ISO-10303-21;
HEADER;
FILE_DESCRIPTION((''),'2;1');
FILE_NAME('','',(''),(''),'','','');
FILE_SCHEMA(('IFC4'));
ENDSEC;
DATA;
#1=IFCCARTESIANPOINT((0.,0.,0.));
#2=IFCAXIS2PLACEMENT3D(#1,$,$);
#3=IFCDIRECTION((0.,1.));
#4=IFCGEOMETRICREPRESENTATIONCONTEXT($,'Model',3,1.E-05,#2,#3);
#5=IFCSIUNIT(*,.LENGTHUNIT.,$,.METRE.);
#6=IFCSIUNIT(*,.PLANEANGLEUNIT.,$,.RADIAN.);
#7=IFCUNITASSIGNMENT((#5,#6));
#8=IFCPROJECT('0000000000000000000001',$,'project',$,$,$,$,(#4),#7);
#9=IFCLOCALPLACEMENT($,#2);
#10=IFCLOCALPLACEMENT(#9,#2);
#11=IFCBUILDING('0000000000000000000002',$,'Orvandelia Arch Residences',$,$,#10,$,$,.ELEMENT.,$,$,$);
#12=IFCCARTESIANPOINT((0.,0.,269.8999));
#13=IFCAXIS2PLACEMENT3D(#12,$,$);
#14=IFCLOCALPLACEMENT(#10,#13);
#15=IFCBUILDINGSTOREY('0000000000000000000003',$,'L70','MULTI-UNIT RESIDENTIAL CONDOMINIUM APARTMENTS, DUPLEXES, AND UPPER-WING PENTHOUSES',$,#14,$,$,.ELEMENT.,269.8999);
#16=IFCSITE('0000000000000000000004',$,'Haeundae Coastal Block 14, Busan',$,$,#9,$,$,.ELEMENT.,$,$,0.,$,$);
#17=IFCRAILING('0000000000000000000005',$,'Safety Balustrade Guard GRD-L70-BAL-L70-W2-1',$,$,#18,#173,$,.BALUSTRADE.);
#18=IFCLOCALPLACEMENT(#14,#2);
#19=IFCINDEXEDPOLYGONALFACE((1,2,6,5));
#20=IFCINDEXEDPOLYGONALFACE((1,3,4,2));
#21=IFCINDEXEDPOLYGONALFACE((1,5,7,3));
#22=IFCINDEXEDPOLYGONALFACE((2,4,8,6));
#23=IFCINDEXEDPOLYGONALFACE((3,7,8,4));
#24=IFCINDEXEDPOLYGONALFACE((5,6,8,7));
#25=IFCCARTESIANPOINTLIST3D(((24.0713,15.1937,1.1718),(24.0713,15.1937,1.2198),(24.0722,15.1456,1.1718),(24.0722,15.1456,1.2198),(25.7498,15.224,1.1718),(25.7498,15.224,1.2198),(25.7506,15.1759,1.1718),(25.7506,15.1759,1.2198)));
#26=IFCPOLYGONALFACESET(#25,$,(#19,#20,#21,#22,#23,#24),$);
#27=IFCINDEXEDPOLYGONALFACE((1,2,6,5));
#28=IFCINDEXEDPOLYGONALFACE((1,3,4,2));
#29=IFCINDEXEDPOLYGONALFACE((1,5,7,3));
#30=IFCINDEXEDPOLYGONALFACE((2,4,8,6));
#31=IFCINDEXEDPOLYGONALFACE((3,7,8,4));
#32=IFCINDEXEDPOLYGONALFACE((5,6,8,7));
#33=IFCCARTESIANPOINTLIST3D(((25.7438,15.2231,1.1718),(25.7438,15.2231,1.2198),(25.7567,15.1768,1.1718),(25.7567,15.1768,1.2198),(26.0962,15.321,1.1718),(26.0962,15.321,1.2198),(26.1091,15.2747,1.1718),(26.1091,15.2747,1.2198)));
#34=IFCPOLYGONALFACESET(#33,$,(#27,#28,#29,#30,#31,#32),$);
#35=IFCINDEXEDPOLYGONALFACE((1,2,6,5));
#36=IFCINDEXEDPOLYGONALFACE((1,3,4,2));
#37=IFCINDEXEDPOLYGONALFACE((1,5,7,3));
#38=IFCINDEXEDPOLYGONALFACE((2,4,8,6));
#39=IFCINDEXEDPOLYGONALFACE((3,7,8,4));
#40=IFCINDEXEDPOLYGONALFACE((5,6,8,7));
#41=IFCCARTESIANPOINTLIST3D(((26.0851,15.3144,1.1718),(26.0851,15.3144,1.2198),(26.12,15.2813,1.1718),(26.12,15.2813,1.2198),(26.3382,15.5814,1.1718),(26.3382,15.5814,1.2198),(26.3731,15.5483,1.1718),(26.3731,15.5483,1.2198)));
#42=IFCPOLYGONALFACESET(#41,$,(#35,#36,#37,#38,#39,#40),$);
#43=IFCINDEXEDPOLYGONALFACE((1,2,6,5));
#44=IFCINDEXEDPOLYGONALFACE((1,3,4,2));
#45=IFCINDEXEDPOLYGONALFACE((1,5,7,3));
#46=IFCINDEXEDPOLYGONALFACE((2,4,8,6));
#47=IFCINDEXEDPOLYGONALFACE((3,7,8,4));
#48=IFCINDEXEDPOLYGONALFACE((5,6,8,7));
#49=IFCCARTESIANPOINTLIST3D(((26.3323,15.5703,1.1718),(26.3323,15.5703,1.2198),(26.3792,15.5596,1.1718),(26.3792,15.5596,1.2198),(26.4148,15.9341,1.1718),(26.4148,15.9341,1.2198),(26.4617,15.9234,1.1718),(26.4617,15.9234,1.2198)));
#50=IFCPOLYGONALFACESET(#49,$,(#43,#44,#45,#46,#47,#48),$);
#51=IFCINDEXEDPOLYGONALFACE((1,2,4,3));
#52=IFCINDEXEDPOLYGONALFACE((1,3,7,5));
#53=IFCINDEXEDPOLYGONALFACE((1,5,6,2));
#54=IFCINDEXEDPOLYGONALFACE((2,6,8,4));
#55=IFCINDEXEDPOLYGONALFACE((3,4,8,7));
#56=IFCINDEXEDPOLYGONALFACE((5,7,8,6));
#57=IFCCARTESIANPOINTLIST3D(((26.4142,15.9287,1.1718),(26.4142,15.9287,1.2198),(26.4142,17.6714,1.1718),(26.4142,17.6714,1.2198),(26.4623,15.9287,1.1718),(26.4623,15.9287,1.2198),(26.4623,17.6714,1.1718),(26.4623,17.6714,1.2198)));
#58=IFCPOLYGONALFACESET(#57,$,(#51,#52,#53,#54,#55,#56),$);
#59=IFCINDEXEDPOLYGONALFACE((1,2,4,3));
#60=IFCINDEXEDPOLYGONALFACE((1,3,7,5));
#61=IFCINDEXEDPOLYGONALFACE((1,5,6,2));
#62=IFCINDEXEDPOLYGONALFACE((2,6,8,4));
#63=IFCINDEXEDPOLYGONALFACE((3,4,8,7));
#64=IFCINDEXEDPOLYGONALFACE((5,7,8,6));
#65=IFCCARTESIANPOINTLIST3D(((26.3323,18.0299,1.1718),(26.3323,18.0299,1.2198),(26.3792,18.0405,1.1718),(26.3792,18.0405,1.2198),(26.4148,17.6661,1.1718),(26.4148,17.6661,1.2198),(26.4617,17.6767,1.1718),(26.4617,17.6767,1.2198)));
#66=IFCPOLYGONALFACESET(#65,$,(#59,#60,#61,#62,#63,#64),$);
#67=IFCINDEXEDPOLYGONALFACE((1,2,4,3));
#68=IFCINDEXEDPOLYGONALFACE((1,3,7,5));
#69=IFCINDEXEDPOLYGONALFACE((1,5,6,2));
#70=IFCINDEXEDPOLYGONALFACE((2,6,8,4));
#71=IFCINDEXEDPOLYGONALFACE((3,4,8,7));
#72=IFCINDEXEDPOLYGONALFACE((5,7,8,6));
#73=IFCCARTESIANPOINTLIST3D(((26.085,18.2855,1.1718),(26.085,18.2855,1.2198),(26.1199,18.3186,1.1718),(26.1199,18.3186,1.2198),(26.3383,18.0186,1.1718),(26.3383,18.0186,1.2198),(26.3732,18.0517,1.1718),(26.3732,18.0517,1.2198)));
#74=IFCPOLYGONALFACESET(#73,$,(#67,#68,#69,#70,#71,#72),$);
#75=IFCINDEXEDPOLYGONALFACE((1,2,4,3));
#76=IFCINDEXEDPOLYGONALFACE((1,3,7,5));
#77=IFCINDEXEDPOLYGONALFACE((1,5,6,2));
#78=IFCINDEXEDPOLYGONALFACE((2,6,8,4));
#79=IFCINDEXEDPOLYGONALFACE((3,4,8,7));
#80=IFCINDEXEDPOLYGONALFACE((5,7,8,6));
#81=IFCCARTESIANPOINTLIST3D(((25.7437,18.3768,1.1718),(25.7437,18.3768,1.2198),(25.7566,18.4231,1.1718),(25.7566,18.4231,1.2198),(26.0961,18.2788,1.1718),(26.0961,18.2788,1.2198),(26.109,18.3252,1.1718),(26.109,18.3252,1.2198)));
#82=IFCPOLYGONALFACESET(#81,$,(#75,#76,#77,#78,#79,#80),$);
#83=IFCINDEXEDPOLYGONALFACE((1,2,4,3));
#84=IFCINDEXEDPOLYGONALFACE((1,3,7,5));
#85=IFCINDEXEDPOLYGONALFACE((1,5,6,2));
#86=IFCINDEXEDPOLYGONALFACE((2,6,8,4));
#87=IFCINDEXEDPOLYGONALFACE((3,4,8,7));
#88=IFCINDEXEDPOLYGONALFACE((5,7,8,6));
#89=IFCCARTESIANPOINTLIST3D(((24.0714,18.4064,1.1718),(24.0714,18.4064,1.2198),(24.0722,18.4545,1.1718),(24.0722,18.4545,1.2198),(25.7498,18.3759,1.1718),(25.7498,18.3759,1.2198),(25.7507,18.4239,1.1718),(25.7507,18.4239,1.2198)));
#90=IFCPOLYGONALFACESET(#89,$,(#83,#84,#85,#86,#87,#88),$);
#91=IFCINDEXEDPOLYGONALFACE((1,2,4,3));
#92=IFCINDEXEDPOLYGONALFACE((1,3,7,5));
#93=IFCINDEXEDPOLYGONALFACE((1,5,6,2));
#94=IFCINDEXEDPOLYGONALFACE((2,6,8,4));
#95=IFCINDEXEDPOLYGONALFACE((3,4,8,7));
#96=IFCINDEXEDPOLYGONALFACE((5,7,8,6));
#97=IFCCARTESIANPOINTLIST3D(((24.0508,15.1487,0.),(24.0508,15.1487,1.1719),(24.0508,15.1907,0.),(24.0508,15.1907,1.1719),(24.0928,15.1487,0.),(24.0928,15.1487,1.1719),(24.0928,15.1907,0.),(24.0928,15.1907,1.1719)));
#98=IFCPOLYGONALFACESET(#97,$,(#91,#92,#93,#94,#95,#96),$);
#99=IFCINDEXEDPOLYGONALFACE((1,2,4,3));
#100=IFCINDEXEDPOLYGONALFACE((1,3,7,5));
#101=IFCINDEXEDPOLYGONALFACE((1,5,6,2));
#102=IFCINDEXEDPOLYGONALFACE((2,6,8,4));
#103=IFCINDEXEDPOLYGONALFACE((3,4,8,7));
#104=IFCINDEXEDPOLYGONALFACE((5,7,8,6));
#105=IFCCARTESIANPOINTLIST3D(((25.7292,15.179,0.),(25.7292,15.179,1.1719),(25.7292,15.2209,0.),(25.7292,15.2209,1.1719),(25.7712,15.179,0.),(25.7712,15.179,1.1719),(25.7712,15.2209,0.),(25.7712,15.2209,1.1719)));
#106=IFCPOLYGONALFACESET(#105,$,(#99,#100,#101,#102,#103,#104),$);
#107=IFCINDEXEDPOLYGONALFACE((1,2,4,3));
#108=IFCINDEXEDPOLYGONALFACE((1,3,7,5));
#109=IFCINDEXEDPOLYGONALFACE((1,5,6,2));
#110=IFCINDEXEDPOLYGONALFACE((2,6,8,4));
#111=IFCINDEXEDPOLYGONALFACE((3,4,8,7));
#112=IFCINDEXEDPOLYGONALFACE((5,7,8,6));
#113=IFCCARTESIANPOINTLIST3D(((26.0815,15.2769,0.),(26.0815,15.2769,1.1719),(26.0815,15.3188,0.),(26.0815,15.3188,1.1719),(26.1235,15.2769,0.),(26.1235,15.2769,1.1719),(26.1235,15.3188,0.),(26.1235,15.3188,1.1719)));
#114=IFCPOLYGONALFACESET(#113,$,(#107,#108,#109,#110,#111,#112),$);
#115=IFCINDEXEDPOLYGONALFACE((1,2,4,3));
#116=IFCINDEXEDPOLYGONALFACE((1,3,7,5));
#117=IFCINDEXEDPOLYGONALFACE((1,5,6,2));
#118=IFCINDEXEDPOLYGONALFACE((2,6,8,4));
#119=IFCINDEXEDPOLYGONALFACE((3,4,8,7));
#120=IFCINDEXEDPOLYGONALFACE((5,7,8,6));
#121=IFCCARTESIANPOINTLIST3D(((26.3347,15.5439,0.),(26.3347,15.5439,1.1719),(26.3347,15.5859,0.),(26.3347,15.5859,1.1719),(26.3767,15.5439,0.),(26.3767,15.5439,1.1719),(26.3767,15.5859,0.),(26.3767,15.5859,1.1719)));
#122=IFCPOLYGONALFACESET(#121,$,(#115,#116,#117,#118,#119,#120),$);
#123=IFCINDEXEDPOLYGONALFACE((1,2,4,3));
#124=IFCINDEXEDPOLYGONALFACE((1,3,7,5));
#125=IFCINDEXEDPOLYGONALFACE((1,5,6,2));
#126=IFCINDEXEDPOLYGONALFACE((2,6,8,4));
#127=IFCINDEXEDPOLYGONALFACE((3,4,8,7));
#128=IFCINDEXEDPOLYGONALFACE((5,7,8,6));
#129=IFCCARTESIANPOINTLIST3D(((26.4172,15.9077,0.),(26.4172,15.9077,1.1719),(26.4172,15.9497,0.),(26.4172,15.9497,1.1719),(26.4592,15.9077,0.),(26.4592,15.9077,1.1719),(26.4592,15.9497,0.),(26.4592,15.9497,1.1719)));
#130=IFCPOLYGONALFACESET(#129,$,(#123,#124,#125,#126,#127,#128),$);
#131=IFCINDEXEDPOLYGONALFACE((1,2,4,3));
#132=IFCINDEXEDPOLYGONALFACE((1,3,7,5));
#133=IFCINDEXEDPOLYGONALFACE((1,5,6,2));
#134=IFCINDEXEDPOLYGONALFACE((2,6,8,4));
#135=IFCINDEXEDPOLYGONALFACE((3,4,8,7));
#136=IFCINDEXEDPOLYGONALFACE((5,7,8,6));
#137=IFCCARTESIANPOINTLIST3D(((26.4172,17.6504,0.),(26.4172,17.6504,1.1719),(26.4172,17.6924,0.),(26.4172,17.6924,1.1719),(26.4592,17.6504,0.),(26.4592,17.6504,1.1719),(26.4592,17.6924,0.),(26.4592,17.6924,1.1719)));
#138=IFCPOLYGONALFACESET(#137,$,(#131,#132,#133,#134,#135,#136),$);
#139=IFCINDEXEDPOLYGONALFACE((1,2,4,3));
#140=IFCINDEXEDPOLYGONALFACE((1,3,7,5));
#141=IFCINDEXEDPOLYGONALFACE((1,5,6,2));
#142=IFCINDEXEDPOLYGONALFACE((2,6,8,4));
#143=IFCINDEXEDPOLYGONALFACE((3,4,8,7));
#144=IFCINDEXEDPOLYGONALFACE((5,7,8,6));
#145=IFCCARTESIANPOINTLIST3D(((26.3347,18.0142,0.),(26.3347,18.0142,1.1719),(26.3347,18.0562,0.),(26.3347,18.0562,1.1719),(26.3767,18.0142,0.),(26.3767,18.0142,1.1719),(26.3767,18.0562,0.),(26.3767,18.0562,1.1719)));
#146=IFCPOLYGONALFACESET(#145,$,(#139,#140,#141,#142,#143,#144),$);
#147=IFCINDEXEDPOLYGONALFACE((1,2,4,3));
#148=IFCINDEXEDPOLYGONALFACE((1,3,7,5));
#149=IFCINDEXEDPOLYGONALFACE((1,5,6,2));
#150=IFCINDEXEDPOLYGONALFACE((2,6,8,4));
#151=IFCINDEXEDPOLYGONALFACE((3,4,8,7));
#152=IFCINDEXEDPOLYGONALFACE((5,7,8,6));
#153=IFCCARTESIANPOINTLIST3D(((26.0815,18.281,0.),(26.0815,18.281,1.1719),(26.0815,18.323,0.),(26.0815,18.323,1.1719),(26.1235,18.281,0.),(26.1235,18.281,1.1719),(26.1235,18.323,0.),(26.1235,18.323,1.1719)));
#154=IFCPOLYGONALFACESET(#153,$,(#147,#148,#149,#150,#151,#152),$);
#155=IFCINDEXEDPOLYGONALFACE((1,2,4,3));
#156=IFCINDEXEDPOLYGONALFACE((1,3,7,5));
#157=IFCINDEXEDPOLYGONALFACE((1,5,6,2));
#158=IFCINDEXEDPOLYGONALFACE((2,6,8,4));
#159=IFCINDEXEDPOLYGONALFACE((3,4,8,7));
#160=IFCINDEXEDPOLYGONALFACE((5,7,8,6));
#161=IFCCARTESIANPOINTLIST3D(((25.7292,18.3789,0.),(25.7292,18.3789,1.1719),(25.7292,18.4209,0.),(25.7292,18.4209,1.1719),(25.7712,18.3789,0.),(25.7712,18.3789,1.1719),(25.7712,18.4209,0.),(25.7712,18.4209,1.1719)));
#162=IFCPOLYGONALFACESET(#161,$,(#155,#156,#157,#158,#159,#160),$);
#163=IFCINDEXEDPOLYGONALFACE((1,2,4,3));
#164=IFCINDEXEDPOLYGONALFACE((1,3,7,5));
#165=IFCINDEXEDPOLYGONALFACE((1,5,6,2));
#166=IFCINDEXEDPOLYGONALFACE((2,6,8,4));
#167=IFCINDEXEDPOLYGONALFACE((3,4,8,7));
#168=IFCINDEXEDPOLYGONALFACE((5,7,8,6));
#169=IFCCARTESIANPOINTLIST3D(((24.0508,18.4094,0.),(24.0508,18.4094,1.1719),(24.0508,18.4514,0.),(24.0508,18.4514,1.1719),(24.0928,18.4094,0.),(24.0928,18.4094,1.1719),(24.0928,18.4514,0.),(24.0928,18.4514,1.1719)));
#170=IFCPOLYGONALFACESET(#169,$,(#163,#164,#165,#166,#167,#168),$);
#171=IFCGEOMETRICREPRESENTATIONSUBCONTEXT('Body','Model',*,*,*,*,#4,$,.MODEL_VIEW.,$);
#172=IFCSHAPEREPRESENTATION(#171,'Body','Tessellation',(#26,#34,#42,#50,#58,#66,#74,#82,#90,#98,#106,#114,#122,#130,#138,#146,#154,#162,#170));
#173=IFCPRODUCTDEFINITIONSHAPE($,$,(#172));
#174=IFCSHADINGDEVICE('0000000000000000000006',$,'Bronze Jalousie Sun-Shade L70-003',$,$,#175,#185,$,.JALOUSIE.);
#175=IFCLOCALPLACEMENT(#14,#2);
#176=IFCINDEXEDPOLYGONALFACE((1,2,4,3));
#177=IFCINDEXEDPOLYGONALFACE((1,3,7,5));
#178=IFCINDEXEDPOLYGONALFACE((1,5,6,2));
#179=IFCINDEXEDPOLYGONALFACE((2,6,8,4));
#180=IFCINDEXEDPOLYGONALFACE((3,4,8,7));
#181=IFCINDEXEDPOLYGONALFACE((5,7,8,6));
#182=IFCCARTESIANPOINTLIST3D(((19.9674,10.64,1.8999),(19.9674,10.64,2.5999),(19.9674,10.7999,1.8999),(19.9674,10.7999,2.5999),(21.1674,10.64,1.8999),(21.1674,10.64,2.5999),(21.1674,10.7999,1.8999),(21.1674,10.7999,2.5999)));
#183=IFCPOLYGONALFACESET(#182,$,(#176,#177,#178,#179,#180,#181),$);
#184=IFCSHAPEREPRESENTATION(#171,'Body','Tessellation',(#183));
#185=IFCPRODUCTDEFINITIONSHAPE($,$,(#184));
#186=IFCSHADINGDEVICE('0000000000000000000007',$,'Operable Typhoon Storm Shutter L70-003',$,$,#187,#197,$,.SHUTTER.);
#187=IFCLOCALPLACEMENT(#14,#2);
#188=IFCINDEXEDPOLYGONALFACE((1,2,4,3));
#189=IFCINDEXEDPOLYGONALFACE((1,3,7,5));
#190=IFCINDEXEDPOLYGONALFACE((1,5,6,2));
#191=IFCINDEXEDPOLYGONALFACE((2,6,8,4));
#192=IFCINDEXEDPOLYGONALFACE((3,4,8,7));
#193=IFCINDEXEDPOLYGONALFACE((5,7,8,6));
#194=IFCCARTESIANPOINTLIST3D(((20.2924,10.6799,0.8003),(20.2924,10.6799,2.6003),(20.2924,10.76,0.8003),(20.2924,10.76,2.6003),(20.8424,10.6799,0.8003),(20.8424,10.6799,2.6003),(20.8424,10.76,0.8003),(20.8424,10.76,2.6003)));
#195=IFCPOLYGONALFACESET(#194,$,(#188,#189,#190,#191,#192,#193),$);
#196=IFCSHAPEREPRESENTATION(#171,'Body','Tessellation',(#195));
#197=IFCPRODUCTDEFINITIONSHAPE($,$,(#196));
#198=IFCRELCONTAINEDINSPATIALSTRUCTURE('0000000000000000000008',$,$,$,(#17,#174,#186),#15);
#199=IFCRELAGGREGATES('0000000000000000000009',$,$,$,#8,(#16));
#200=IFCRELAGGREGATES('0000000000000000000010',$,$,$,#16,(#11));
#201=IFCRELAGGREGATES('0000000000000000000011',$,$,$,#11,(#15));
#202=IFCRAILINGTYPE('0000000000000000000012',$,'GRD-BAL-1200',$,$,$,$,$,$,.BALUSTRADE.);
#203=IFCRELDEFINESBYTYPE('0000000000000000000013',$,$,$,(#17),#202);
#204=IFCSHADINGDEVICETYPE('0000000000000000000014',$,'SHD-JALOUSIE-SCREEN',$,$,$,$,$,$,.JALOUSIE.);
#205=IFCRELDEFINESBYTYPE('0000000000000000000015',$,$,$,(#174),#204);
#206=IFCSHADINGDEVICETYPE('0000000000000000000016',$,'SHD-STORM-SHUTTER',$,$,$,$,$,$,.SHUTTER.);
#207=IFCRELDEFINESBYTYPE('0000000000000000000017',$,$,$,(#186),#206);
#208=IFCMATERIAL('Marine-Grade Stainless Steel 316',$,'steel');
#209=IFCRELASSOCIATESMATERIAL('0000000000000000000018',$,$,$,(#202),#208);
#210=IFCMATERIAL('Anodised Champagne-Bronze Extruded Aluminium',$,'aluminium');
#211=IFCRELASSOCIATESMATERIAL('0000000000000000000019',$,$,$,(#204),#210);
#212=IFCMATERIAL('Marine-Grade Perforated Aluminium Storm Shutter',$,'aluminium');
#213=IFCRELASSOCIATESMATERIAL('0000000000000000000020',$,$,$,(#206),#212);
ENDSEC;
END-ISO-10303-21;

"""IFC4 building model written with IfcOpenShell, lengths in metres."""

from ifc_helpers import new_model, si_unit, direction, frame, origin, origin_2d, place, context, subcontext, project, spatial, rectangle, extrude, material, type_object, element, save


model = new_model("IFC4")

# Units and contexts
model_context = context("Model", 3, precision=1e-05, world=origin(), true_north=direction((0.0, 1.0)))
body_context = subcontext(model_context, "Body", "Model", "MODEL_VIEW")
ifc_project = project(units=[si_unit("LENGTHUNIT", "METRE"), si_unit("PLANEANGLEUNIT", "RADIAN")], contexts=[model_context])

# Site, building, storey
site_placement = place(None, origin())
site = spatial("IfcSite", under=ifc_project, at=site_placement, Name="Haeundae Coastal Block 14, Busan", CompositionType="ELEMENT", RefElevation=0.0)
building_placement = place(site_placement, origin())
building = spatial("IfcBuilding", under=site, at=building_placement, Name="Orvandelia Arch Residences", CompositionType="ELEMENT")
storey_placement = place(building_placement, frame((0.0, 0.0, 269.8999)))
storey = spatial("IfcBuildingStorey", under=building, at=storey_placement, Name="L70", Description="MULTI-UNIT RESIDENTIAL CONDOMINIUM APARTMENTS, DUPLEXES, AND UPPER-WING PENTHOUSES", CompositionType="ELEMENT", Elevation=269.8999)

# Railing
ifc_material_1 = material(Name="Marine-Grade Stainless Steel 316", Category="steel")
railing_type = type_object("IfcRailingType", Name="GRD-BAL-1200", PredefinedType="BALUSTRADE", material=ifc_material_1)
railing_placement = place(storey_placement, frame((24.0718, 15.1697, 0.0)))
element("IfcRailing", 1, at=railing_placement, inside=storey, type_object=railing_type, Name="Safety Balustrade Guard GRD-L70-BAL-L70-W2-1", PredefinedType="BALUSTRADE", context=body_context, shape_type="SweptSolid", body=[
    extrude(rectangle(XDim=0.0481, YDim=0.0481, at=origin_2d()), frame((0.0, 0.0, 1.1958), z_axis=(0.999837, 0.018033, 0.0), x_axis=(-0.018033, 0.999837, 0.0)), (0.0, 0.0, 1.0), 1.6787),
    extrude(rectangle(XDim=0.0481, YDim=0.0481, at=origin_2d()), frame((1.6785, 0.0303, 1.1958), z_axis=(0.963489, 0.267747, 0.0), x_axis=(-0.267747, 0.963489, 0.0)), (0.0, 0.0, 1.0), 0.3657),
    extrude(rectangle(XDim=0.0481, YDim=0.0481, at=origin_2d()), frame((2.0308, 0.1282, 1.1958), z_axis=(0.687947, 0.725761, 0.0), x_axis=(-0.725761, 0.687947, 0.0)), (0.0, 0.0, 1.0), 0.3679),
    extrude(rectangle(XDim=0.0481, YDim=0.0481, at=origin_2d()), frame((2.2839, 0.3953, 1.1958), z_axis=(0.221225, 0.975223, 0.0), x_axis=(-0.975223, 0.221225, 0.0)), (0.0, 0.0, 1.0), 0.373),
    extrude(rectangle(XDim=0.0481, YDim=0.0481, at=origin_2d()), frame((2.3665, 0.759, 1.1958), z_axis=(0.0, 1.0, 0.0), x_axis=(-1.0, 0.0, 0.0)), (0.0, 0.0, 1.0), 1.7427),
    extrude(rectangle(XDim=0.0481, YDim=0.0481, at=origin_2d()), frame((2.3665, 2.5017, 1.1958), z_axis=(-0.221225, 0.975223, 0.0), x_axis=(-0.975223, -0.221225, 0.0)), (0.0, 0.0, 1.0), 0.373),
    extrude(rectangle(XDim=0.0481, YDim=0.0481, at=origin_2d()), frame((2.2839, 2.8655, 1.1958), z_axis=(-0.688278, 0.725447, 0.0), x_axis=(-0.725447, -0.688278, 0.0)), (0.0, 0.0, 1.0), 0.3679),
    extrude(rectangle(XDim=0.0481, YDim=0.0481, at=origin_2d()), frame((2.0308, 3.1323, 1.1958), z_axis=(-0.963489, 0.267747, 0.0), x_axis=(-0.267747, -0.963489, 0.0)), (0.0, 0.0, 1.0), 0.3657),
    extrude(rectangle(XDim=0.0481, YDim=0.0481, at=origin_2d()), frame((1.6785, 3.2302, 1.1958), z_axis=(-0.999835, 0.018179, 0.0), x_axis=(-0.018179, -0.999835, 0.0)), (0.0, 0.0, 1.0), 1.6787),
    extrude(rectangle(XDim=0.042, YDim=0.042, at=origin_2d()), origin(), (0.0, 0.0, 1.0), 1.1719),
    extrude(rectangle(XDim=0.042, YDim=0.042, at=origin_2d()), frame((1.6785, 0.0303, 0.0)), (0.0, 0.0, 1.0), 1.1719),
    extrude(rectangle(XDim=0.042, YDim=0.042, at=origin_2d()), frame((2.0308, 0.1282, 0.0)), (0.0, 0.0, 1.0), 1.1719),
    extrude(rectangle(XDim=0.042, YDim=0.042, at=origin_2d()), frame((2.2839, 0.3953, 0.0)), (0.0, 0.0, 1.0), 1.1719),
    extrude(rectangle(XDim=0.042, YDim=0.042, at=origin_2d()), frame((2.3665, 0.759, 0.0)), (0.0, 0.0, 1.0), 1.1719),
    extrude(rectangle(XDim=0.042, YDim=0.042, at=origin_2d()), frame((2.3665, 2.5017, 0.0)), (0.0, 0.0, 1.0), 1.1719),
    extrude(rectangle(XDim=0.042, YDim=0.042, at=origin_2d()), frame((2.2839, 2.8655, 0.0)), (0.0, 0.0, 1.0), 1.1719),
    extrude(rectangle(XDim=0.042, YDim=0.042, at=origin_2d()), frame((2.0308, 3.1323, 0.0)), (0.0, 0.0, 1.0), 1.1719),
    extrude(rectangle(XDim=0.042, YDim=0.042, at=origin_2d()), frame((1.6785, 3.2302, 0.0)), (0.0, 0.0, 1.0), 1.1719),
    extrude(rectangle(XDim=0.042, YDim=0.042, at=origin_2d()), frame((0.0, 3.2607, 0.0)), (0.0, 0.0, 1.0), 1.1719),
])

# Shading devices
ifc_material_2 = material(Name="Anodised Champagne-Bronze Extruded Aluminium", Category="aluminium")
shading_device_type_1 = type_object("IfcShadingDeviceType", Name="SHD-JALOUSIE-SCREEN", PredefinedType="JALOUSIE", material=ifc_material_2)
shading_device_1_placement = place(storey_placement, frame((20.5674, 10.72, 1.8999), z_axis=(0.0, 0.0, 1.0), x_axis=(-1.0, 0.0, 0.0)))
element("IfcShadingDevice", 2, at=shading_device_1_placement, inside=storey, type_object=shading_device_type_1, Name="Bronze Jalousie Sun-Shade L70-003", PredefinedType="JALOUSIE", context=body_context, shape_type="SweptSolid", body=[
    extrude(rectangle(XDim=1.2, YDim=0.1599, at=origin_2d()), origin(), (0.0, 0.0, 1.0), 0.7),
])
ifc_material_3 = material(Name="Marine-Grade Perforated Aluminium Storm Shutter", Category="aluminium")
shading_device_type_2 = type_object("IfcShadingDeviceType", Name="SHD-STORM-SHUTTER", PredefinedType="SHUTTER", material=ifc_material_3)
shading_device_2_placement = place(storey_placement, frame((20.5674, 10.72, 0.8003), z_axis=(0.0, 0.0, 1.0), x_axis=(-1.0, 0.0, 0.0)))
element("IfcShadingDevice", 3, at=shading_device_2_placement, inside=storey, type_object=shading_device_type_2, Name="Operable Typhoon Storm Shutter L70-003", PredefinedType="SHUTTER", context=body_context, shape_type="SweptSolid", body=[
    extrude(rectangle(XDim=0.55, YDim=0.0801, at=origin_2d()), origin(), (0.0, 0.0, 1.0), 1.8),
])

save(model, "model.ifc")
